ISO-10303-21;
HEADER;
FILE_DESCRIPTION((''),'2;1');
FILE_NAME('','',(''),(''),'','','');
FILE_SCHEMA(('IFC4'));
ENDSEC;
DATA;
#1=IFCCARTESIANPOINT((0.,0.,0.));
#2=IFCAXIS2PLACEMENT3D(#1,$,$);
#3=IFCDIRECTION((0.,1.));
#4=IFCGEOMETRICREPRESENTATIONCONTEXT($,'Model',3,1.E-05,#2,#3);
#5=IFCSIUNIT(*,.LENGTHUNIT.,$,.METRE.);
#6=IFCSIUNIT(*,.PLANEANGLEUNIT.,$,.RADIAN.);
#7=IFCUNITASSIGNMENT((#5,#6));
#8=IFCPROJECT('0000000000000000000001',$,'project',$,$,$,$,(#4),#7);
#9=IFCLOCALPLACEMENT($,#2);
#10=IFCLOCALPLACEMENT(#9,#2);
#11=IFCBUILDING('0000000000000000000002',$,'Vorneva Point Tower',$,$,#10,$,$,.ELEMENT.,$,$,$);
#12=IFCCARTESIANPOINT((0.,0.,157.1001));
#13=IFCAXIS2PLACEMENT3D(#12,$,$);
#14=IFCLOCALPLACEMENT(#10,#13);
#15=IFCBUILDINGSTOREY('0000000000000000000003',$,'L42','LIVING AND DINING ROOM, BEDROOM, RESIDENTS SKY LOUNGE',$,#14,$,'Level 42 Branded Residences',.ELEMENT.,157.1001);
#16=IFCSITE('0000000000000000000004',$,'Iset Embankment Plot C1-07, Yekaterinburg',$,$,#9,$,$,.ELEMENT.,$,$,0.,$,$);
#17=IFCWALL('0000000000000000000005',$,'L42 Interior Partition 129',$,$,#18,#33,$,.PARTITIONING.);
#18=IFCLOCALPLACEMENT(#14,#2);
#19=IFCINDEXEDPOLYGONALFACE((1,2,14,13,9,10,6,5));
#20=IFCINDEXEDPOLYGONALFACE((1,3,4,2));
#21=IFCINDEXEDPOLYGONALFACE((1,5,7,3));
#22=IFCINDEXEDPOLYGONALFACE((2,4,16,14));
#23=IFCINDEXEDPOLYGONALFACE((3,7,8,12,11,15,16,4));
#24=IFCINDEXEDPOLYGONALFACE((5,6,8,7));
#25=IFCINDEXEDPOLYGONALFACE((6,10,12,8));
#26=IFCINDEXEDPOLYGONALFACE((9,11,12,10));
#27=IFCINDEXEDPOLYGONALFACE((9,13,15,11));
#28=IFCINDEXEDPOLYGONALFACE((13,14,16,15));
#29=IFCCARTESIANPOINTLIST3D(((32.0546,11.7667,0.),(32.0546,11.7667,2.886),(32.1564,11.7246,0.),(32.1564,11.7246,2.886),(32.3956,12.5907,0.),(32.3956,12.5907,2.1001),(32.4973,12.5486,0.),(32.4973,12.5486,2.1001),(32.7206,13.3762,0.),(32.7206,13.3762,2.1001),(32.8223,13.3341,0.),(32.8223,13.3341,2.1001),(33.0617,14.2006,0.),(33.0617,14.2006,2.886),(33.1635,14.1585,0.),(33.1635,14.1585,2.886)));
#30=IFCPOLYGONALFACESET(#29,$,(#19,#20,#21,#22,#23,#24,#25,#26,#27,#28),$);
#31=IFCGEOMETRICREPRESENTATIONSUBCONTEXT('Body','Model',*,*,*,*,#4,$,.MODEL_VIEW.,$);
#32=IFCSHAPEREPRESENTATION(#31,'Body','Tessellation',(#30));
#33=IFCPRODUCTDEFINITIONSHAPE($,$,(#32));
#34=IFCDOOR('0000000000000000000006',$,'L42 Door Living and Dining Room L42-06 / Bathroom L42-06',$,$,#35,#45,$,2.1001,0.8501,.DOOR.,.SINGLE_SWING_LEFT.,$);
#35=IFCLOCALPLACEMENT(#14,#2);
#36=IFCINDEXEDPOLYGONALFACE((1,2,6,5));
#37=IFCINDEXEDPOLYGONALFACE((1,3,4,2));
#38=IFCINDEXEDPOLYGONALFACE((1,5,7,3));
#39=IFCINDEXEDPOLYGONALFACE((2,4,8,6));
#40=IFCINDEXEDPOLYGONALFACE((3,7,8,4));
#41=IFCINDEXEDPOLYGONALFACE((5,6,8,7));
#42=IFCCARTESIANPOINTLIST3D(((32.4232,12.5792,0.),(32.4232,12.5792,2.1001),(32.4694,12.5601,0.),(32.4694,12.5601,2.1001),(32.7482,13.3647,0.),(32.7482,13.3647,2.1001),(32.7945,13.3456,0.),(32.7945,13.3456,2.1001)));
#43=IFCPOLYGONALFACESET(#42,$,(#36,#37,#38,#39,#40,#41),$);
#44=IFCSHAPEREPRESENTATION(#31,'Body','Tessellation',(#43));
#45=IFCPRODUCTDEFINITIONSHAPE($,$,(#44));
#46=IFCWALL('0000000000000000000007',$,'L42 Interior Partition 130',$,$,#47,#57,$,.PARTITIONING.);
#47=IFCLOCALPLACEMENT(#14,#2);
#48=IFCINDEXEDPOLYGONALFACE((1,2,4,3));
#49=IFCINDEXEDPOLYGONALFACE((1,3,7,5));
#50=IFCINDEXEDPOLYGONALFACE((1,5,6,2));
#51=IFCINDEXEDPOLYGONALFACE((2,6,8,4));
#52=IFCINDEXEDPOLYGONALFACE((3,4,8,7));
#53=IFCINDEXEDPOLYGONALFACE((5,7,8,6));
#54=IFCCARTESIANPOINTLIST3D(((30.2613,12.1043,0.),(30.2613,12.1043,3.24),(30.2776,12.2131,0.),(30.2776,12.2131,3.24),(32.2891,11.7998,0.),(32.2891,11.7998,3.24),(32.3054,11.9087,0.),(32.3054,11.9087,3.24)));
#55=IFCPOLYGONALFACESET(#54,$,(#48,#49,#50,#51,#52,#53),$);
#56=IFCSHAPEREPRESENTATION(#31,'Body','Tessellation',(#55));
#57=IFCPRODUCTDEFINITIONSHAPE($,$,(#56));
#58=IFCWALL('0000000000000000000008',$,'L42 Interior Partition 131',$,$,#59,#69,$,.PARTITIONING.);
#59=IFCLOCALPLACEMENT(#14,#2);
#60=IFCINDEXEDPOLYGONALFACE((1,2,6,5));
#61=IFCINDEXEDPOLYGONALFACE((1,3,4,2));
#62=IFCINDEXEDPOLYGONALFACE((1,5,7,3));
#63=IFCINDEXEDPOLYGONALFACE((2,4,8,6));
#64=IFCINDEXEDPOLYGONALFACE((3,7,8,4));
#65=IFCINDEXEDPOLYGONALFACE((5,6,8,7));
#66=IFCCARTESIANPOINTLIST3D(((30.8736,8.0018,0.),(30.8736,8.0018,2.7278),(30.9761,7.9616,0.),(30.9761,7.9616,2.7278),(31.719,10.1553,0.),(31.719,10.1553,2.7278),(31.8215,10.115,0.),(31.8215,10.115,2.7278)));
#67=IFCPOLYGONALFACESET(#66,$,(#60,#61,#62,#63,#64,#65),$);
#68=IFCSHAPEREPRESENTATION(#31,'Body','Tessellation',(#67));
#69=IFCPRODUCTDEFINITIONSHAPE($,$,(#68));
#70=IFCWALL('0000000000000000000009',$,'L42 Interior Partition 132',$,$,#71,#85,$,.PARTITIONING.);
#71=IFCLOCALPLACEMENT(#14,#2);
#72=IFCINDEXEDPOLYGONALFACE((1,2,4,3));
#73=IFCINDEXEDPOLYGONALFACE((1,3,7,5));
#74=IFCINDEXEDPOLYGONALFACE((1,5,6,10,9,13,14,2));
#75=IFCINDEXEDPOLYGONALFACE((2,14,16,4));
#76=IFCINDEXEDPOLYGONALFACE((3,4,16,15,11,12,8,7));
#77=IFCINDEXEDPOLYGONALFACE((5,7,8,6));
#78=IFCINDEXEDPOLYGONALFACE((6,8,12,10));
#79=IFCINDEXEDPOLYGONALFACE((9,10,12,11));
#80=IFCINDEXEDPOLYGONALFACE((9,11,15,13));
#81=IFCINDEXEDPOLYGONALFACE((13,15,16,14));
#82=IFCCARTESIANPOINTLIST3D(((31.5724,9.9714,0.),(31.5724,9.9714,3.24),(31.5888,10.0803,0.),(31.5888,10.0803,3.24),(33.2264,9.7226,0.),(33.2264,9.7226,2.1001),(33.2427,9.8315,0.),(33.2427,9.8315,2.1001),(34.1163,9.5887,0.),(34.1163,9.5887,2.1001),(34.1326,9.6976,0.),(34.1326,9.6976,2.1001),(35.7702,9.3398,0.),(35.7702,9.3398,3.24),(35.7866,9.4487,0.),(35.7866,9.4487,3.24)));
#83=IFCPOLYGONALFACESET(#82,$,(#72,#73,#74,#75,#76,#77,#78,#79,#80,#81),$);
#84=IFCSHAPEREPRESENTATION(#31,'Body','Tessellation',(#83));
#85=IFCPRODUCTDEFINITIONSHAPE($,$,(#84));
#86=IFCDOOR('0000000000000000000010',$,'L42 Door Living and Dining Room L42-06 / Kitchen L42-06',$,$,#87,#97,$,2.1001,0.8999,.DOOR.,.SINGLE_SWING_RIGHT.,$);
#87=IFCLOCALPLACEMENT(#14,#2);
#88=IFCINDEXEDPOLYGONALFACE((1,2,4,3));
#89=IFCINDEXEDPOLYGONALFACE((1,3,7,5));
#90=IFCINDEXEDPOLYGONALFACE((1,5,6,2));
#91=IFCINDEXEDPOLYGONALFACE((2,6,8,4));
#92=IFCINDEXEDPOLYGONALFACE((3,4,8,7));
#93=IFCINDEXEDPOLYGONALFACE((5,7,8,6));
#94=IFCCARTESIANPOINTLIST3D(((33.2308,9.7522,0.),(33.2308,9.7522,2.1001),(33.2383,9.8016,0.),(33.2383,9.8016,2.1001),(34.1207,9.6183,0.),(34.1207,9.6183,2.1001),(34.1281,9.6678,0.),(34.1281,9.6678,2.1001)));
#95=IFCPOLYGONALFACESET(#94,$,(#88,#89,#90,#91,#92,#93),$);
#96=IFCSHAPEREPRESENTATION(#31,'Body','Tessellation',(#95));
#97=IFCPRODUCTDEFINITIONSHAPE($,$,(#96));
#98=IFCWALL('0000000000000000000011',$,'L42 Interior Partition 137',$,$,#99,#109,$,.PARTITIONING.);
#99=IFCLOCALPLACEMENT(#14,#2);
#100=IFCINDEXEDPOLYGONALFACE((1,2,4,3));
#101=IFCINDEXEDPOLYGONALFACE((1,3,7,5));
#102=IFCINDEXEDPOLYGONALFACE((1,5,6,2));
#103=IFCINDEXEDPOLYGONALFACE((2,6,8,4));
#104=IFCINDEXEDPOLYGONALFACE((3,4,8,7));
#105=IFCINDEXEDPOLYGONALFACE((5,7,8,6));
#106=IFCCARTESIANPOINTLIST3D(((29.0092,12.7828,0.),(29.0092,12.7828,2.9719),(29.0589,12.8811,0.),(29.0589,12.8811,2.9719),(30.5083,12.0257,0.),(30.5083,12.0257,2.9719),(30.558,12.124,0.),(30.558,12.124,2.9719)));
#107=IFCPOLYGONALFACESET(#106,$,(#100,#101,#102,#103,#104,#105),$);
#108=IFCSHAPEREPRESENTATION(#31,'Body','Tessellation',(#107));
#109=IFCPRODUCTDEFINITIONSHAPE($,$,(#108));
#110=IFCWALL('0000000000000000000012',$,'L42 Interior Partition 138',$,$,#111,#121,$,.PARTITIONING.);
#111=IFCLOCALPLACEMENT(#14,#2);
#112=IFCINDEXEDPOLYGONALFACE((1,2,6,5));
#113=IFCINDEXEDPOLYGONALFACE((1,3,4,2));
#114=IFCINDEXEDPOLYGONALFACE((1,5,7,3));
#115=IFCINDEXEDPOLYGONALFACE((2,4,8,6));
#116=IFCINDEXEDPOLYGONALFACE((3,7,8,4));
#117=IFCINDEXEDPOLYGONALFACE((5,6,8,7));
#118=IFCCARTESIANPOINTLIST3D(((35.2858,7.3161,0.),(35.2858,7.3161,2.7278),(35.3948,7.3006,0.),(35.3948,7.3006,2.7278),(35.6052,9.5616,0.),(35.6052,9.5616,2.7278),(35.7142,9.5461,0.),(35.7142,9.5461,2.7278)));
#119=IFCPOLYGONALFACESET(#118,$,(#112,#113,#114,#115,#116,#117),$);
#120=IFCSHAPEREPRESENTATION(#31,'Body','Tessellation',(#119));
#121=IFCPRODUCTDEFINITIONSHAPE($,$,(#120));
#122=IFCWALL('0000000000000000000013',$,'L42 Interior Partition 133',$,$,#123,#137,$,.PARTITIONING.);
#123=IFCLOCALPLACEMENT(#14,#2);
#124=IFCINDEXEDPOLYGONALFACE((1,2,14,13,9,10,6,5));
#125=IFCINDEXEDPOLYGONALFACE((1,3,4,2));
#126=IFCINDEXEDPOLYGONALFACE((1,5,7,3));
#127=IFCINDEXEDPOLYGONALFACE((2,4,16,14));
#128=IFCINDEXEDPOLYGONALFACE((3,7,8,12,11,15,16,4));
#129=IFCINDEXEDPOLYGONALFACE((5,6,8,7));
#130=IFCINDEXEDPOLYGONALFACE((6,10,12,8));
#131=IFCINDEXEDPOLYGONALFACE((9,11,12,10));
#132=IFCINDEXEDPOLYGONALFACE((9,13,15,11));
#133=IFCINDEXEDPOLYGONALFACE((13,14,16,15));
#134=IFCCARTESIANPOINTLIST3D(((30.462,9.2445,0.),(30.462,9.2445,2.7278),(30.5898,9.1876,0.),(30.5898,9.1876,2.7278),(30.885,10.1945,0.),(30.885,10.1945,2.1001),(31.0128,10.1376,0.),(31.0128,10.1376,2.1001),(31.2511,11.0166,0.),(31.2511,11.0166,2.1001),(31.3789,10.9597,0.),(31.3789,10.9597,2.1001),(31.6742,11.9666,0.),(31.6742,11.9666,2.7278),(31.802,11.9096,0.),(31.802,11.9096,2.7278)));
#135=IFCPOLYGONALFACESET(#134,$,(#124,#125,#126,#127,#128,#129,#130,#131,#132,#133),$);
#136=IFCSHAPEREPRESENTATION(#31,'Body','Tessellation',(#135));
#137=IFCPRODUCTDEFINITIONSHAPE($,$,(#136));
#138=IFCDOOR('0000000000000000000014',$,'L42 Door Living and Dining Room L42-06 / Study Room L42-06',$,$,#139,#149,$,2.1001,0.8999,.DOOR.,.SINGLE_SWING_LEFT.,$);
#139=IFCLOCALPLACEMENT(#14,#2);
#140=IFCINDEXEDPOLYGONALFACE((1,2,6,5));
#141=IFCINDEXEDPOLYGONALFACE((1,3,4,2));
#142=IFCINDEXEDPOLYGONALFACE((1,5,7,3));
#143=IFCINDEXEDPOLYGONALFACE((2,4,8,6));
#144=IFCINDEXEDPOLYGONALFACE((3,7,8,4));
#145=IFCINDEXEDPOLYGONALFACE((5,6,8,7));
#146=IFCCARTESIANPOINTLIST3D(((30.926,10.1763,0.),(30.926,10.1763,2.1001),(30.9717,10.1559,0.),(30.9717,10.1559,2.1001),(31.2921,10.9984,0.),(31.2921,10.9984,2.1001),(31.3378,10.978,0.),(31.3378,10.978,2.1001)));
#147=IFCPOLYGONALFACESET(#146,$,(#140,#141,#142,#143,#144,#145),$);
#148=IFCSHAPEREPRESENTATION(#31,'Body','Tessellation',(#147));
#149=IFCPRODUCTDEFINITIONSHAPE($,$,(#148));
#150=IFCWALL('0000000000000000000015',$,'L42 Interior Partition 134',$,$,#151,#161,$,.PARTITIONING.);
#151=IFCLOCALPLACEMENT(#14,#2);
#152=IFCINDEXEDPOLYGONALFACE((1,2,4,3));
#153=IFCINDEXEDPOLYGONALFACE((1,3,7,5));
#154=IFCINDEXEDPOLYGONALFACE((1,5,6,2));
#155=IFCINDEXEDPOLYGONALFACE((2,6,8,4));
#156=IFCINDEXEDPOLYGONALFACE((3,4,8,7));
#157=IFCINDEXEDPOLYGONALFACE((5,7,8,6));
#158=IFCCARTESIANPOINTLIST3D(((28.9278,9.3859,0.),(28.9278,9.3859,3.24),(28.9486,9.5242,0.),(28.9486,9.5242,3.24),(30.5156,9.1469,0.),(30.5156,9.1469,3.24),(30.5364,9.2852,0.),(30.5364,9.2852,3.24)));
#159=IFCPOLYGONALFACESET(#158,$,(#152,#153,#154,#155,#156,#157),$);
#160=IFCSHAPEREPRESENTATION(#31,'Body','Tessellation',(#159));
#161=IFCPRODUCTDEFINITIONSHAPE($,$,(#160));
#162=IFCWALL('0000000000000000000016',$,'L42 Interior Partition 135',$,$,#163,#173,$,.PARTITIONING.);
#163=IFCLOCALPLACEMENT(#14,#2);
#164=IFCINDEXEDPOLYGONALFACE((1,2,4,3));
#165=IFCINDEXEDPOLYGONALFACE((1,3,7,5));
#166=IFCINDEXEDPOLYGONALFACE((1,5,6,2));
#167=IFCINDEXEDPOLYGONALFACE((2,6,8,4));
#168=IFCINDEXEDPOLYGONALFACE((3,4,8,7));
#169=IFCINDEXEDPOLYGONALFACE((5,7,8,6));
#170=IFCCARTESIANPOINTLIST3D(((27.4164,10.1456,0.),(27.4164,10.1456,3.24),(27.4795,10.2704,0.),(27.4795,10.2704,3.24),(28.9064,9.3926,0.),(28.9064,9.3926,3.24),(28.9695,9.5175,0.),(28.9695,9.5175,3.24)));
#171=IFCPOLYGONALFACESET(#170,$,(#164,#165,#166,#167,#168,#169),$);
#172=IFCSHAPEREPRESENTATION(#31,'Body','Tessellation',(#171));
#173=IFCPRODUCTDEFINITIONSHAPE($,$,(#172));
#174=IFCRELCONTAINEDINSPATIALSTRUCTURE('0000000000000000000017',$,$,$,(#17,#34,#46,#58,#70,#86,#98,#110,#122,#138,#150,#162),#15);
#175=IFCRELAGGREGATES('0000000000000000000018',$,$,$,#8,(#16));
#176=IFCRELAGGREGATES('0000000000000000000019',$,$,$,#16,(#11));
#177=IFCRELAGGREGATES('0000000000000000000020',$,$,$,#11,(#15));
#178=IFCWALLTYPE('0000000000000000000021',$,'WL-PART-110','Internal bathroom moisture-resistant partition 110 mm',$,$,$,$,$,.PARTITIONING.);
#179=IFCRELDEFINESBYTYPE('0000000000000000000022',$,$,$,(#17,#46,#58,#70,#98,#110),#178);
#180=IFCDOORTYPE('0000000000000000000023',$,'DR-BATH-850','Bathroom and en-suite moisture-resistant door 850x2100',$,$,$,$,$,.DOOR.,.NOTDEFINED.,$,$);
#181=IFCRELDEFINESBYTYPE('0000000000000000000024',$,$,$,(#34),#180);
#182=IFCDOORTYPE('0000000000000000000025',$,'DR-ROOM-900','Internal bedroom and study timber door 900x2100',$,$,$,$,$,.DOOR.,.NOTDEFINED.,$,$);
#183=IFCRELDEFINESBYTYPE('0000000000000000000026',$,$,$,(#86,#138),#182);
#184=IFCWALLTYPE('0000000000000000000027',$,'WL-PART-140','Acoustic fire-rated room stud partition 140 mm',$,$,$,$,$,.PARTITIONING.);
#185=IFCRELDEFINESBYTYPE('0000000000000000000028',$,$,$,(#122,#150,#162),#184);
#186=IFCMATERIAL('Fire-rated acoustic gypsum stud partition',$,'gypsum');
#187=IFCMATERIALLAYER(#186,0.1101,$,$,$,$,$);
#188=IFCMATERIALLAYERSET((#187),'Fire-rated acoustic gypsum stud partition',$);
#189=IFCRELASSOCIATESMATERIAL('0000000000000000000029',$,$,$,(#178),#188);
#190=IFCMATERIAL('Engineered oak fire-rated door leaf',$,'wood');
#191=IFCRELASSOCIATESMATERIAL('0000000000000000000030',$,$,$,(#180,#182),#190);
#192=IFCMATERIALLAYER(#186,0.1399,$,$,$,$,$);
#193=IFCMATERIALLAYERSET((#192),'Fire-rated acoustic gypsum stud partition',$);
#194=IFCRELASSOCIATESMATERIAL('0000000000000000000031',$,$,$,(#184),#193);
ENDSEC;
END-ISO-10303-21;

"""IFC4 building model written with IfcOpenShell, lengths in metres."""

from ifc_helpers import new_model, si_unit, direction, frame, frame_2d, origin, place, context, subcontext, project, spatial, rectangle, extrude, material, layer, layer_set, type_object, element, fill, save


model = new_model("IFC4")

# Units and contexts
model_context = context("Model", 3, precision=1e-05, world=origin(), true_north=direction((0.0, 1.0)))
body_context = subcontext(model_context, "Body", "Model", "MODEL_VIEW")
ifc_project = project(units=[si_unit("LENGTHUNIT", "METRE"), si_unit("PLANEANGLEUNIT", "RADIAN")], contexts=[model_context])

# Site, building, storey
site_placement = place(None, origin())
site = spatial("IfcSite", under=ifc_project, at=site_placement, Name="Iset Embankment Plot C1-07, Yekaterinburg", CompositionType="ELEMENT", RefElevation=0.0)
building_placement = place(site_placement, origin())
building = spatial("IfcBuilding", under=site, at=building_placement, Name="Vorneva Point Tower", CompositionType="ELEMENT")
storey_placement = place(building_placement, frame((0.0, 0.0, 157.1001)))
storey = spatial("IfcBuildingStorey", under=building, at=storey_placement, Name="L42", Description="LIVING AND DINING ROOM, BEDROOM, RESIDENTS SKY LOUNGE", LongName="Level 42 Branded Residences", CompositionType="ELEMENT", Elevation=157.1001)

# Wall, opening, door
ifc_material_1 = material(Name="Fire-rated acoustic gypsum stud partition", Category="gypsum")
ifc_layer_1 = layer(ifc_material_1, 0.1101)
ifc_layer_set_1 = layer_set([ifc_layer_1], Name="Fire-rated acoustic gypsum stud partition")
wall_type_1 = type_object("IfcWallType", Name="WL-PART-110", Description="Internal bathroom moisture-resistant partition 110 mm", PredefinedType="PARTITIONING", material=ifc_layer_set_1)
wall_1_placement = place(storey_placement, frame((33.1125, 14.1794, 0.0), z_axis=(0.0, 0.0, 1.0), x_axis=(-0.382344, -0.92402, 0.0)))
wall_1 = element("IfcWall", 1, at=wall_1_placement, inside=storey, type_object=wall_type_1, Name="L42 Interior Partition 129", PredefinedType="PARTITIONING", context=body_context, shape_type="SweptSolid", body=[
    extrude(rectangle(XDim=2.634, YDim=0.1101, at=frame_2d((1.3169, 0.0))), origin(), (0.0, 0.0, 1.0), 2.886),
])
opening_1_placement = place(wall_1_placement, frame((0.8921, 0.0, 0.0)))
opening_1 = element("IfcOpeningElement", 2, at=opening_1_placement, cuts=wall_1, PredefinedType="OPENING", context=body_context, shape_type="SweptSolid", body=[
    extrude(rectangle(XDim=0.8501, YDim=2.1001, at=frame_2d((0.425, 1.05))), frame((0.0, 0.0698, 0.0), z_axis=(0.0, -1.0, 0.0), x_axis=(1.0, 0.0, 0.0)), (0.0, 0.0, 1.0), 0.1399),
])
ifc_material_2 = material(Name="Engineered oak fire-rated door leaf", Category="wood")
door_type_1 = type_object("IfcDoorType", Name="DR-BATH-850", Description="Bathroom and en-suite moisture-resistant door 850x2100", OperationType="NOTDEFINED", PredefinedType="DOOR", material=ifc_material_2)
door_1_placement = place(opening_1_placement, origin())
door_1 = element("IfcDoor", 3, at=door_1_placement, inside=storey, type_object=door_type_1, Name="L42 Door Living and Dining Room L42-06 / Bathroom L42-06", OperationType="SINGLE_SWING_LEFT", OverallHeight=2.1001, OverallWidth=0.8501, PredefinedType="DOOR", context=body_context, shape_type="SweptSolid", body=[
    extrude(rectangle(XDim=0.8501, YDim=2.1001, at=frame_2d((0.425, 1.05))), frame((0.0, 0.0249, 0.0), z_axis=(0.0, -1.0, 0.0), x_axis=(1.0, 0.0, 0.0)), (0.0, 0.0, 1.0), 0.05),
])
fill(opening_1, door_1)

# Walls
wall_2_placement = place(storey_placement, frame((32.2974, 11.8542, 0.0), z_axis=(0.0, 0.0, 1.0), x_axis=(-0.988917, 0.148469, 0.0)))
element("IfcWall", 4, at=wall_2_placement, inside=storey, type_object=wall_type_1, Name="L42 Interior Partition 130", PredefinedType="PARTITIONING", context=body_context, shape_type="SweptSolid", body=[
    extrude(rectangle(XDim=2.0505, YDim=0.1101, at=frame_2d((1.0254, 0.0))), origin(), (0.0, 0.0, 1.0), 3.24),
])
wall_3_placement = place(storey_placement, frame((30.9248, 7.9817, 0.0), z_axis=(0.0, 0.0, 1.0), x_axis=(0.365434, 0.930837, 0.0)))
element("IfcWall", 5, at=wall_3_placement, inside=storey, type_object=wall_type_1, Name="L42 Interior Partition 131", PredefinedType="PARTITIONING", context=body_context, shape_type="SweptSolid", body=[
    extrude(rectangle(XDim=2.3135, YDim=0.1101, at=frame_2d((1.1567, 0.0))), origin(), (0.0, 0.0, 1.0), 2.7278),
])

# Wall, opening, door
wall_4_placement = place(storey_placement, frame((31.5806, 10.0259, 0.0), z_axis=(0.0, 0.0, 1.0), x_axis=(0.98887, -0.148785, 0.0)))
wall_4 = element("IfcWall", 6, at=wall_4_placement, inside=storey, type_object=wall_type_1, Name="L42 Interior Partition 132", PredefinedType="PARTITIONING", context=body_context, shape_type="SweptSolid", body=[
    extrude(rectangle(XDim=4.2451, YDim=0.1101, at=frame_2d((2.1226, 0.0))), origin(), (0.0, 0.0, 1.0), 3.24),
])
opening_2_placement = place(wall_4_placement, frame((1.6726, 0.0, 0.0)))
opening_2 = element("IfcOpeningElement", 7, at=opening_2_placement, cuts=wall_4, PredefinedType="OPENING", context=body_context, shape_type="SweptSolid", body=[
    extrude(rectangle(XDim=0.8999, YDim=2.1001, at=frame_2d((0.45, 1.05))), frame((0.0, 0.0698, 0.0), z_axis=(0.0, -1.0, 0.0), x_axis=(1.0, 0.0, 0.0)), (0.0, 0.0, 1.0), 0.1399),
])
door_type_2 = type_object("IfcDoorType", Name="DR-ROOM-900", Description="Internal bedroom and study timber door 900x2100", OperationType="NOTDEFINED", PredefinedType="DOOR", material=ifc_material_2)
door_2_placement = place(opening_2_placement, origin())
door_2 = element("IfcDoor", 8, at=door_2_placement, inside=storey, type_object=door_type_2, Name="L42 Door Living and Dining Room L42-06 / Kitchen L42-06", OperationType="SINGLE_SWING_RIGHT", OverallHeight=2.1001, OverallWidth=0.8999, PredefinedType="DOOR", context=body_context, shape_type="SweptSolid", body=[
    extrude(rectangle(XDim=0.8999, YDim=2.1001, at=frame_2d((0.45, 1.05))), frame((0.0, 0.0249, 0.0), z_axis=(0.0, -1.0, 0.0), x_axis=(1.0, 0.0, 0.0)), (0.0, 0.0, 1.0), 0.05),
])
fill(opening_2, door_2)

# Walls
wall_5_placement = place(storey_placement, frame((29.0339, 12.832, 0.0), z_axis=(0.0, 0.0, 1.0), x_axis=(0.892617, -0.450815, 0.0)))
element("IfcWall", 9, at=wall_5_placement, inside=storey, type_object=wall_type_1, Name="L42 Interior Partition 137", PredefinedType="PARTITIONING", context=body_context, shape_type="SweptSolid", body=[
    extrude(rectangle(XDim=1.6794, YDim=0.1101, at=frame_2d((0.8398, 0.0))), origin(), (0.0, 0.0, 1.0), 2.9719),
])
wall_6_placement = place(storey_placement, frame((35.3403, 7.3083, 0.0), z_axis=(0.0, 0.0, 1.0), x_axis=(0.140803, 0.990038, 0.0)))
element("IfcWall", 10, at=wall_6_placement, inside=storey, type_object=wall_type_1, Name="L42 Interior Partition 138", PredefinedType="PARTITIONING", context=body_context, shape_type="SweptSolid", body=[
    extrude(rectangle(XDim=2.2681, YDim=0.1101, at=frame_2d((1.134, 0.0))), origin(), (0.0, 0.0, 1.0), 2.7278),
])

# Wall, opening, door
ifc_layer_2 = layer(ifc_material_1, 0.1399)
ifc_layer_set_2 = layer_set([ifc_layer_2], Name="Fire-rated acoustic gypsum stud partition")
wall_type_2 = type_object("IfcWallType", Name="WL-PART-140", Description="Acoustic fire-rated room stud partition 140 mm", PredefinedType="PARTITIONING", material=ifc_layer_set_2)
wall_7_placement = place(storey_placement, frame((31.738, 11.938, 0.0), z_axis=(0.0, 0.0, 1.0), x_axis=(-0.406815, -0.913511, 0.0)))
wall_7 = element("IfcWall", 11, at=wall_7_placement, inside=storey, type_object=wall_type_2, Name="L42 Interior Partition 133", PredefinedType="PARTITIONING", context=body_context, shape_type="SweptSolid", body=[
    extrude(rectangle(XDim=2.9797, YDim=0.1399, at=frame_2d((1.4897, 0.0))), origin(), (0.0, 0.0, 1.0), 2.7278),
])
opening_3_placement = place(wall_7_placement, frame((1.0398, 0.0, 0.0)))
opening_3 = element("IfcOpeningElement", 12, at=opening_3_placement, cuts=wall_7, PredefinedType="OPENING", context=body_context, shape_type="SweptSolid", body=[
    extrude(rectangle(XDim=0.8999, YDim=2.1001, at=frame_2d((0.45, 1.05))), frame((0.0, 0.085, 0.0), z_axis=(0.0, -1.0, 0.0), x_axis=(1.0, 0.0, 0.0)), (0.0, 0.0, 1.0), 0.1697),
])
door_3_placement = place(opening_3_placement, origin())
door_3 = element("IfcDoor", 13, at=door_3_placement, inside=storey, type_object=door_type_2, Name="L42 Door Living and Dining Room L42-06 / Study Room L42-06", OperationType="SINGLE_SWING_LEFT", OverallHeight=2.1001, OverallWidth=0.8999, PredefinedType="DOOR", context=body_context, shape_type="SweptSolid", body=[
    extrude(rectangle(XDim=0.8999, YDim=2.1001, at=frame_2d((0.45, 1.05))), frame((0.0, 0.0249, 0.0), z_axis=(0.0, -1.0, 0.0), x_axis=(1.0, 0.0, 0.0)), (0.0, 0.0, 1.0), 0.05),
])
fill(opening_3, door_3)

# Walls
wall_8_placement = place(storey_placement, frame((30.5259, 9.2161, 0.0), z_axis=(0.0, 0.0, 1.0), x_axis=(-0.98886, 0.148846, 0.0)))
element("IfcWall", 14, at=wall_8_placement, inside=storey, type_object=wall_type_2, Name="L42 Interior Partition 134", PredefinedType="PARTITIONING", context=body_context, shape_type="SweptSolid", body=[
    extrude(rectangle(XDim=1.6057, YDim=0.1399, at=frame_2d((0.8027, 0.0))), origin(), (0.0, 0.0, 1.0), 3.24),
])
wall_9_placement = place(storey_placement, frame((28.938, 9.4551, 0.0), z_axis=(0.0, 0.0, 1.0), x_axis=(-0.892518, 0.451012, 0.0)))
element("IfcWall", 15, at=wall_9_placement, inside=storey, type_object=wall_type_2, Name="L42 Interior Partition 135", PredefinedType="PARTITIONING", context=body_context, shape_type="SweptSolid", body=[
    extrude(rectangle(XDim=1.6694, YDim=0.1399, at=frame_2d((0.8347, 0.0))), origin(), (0.0, 0.0, 1.0), 3.24),
])

save(model, "model.ifc")
